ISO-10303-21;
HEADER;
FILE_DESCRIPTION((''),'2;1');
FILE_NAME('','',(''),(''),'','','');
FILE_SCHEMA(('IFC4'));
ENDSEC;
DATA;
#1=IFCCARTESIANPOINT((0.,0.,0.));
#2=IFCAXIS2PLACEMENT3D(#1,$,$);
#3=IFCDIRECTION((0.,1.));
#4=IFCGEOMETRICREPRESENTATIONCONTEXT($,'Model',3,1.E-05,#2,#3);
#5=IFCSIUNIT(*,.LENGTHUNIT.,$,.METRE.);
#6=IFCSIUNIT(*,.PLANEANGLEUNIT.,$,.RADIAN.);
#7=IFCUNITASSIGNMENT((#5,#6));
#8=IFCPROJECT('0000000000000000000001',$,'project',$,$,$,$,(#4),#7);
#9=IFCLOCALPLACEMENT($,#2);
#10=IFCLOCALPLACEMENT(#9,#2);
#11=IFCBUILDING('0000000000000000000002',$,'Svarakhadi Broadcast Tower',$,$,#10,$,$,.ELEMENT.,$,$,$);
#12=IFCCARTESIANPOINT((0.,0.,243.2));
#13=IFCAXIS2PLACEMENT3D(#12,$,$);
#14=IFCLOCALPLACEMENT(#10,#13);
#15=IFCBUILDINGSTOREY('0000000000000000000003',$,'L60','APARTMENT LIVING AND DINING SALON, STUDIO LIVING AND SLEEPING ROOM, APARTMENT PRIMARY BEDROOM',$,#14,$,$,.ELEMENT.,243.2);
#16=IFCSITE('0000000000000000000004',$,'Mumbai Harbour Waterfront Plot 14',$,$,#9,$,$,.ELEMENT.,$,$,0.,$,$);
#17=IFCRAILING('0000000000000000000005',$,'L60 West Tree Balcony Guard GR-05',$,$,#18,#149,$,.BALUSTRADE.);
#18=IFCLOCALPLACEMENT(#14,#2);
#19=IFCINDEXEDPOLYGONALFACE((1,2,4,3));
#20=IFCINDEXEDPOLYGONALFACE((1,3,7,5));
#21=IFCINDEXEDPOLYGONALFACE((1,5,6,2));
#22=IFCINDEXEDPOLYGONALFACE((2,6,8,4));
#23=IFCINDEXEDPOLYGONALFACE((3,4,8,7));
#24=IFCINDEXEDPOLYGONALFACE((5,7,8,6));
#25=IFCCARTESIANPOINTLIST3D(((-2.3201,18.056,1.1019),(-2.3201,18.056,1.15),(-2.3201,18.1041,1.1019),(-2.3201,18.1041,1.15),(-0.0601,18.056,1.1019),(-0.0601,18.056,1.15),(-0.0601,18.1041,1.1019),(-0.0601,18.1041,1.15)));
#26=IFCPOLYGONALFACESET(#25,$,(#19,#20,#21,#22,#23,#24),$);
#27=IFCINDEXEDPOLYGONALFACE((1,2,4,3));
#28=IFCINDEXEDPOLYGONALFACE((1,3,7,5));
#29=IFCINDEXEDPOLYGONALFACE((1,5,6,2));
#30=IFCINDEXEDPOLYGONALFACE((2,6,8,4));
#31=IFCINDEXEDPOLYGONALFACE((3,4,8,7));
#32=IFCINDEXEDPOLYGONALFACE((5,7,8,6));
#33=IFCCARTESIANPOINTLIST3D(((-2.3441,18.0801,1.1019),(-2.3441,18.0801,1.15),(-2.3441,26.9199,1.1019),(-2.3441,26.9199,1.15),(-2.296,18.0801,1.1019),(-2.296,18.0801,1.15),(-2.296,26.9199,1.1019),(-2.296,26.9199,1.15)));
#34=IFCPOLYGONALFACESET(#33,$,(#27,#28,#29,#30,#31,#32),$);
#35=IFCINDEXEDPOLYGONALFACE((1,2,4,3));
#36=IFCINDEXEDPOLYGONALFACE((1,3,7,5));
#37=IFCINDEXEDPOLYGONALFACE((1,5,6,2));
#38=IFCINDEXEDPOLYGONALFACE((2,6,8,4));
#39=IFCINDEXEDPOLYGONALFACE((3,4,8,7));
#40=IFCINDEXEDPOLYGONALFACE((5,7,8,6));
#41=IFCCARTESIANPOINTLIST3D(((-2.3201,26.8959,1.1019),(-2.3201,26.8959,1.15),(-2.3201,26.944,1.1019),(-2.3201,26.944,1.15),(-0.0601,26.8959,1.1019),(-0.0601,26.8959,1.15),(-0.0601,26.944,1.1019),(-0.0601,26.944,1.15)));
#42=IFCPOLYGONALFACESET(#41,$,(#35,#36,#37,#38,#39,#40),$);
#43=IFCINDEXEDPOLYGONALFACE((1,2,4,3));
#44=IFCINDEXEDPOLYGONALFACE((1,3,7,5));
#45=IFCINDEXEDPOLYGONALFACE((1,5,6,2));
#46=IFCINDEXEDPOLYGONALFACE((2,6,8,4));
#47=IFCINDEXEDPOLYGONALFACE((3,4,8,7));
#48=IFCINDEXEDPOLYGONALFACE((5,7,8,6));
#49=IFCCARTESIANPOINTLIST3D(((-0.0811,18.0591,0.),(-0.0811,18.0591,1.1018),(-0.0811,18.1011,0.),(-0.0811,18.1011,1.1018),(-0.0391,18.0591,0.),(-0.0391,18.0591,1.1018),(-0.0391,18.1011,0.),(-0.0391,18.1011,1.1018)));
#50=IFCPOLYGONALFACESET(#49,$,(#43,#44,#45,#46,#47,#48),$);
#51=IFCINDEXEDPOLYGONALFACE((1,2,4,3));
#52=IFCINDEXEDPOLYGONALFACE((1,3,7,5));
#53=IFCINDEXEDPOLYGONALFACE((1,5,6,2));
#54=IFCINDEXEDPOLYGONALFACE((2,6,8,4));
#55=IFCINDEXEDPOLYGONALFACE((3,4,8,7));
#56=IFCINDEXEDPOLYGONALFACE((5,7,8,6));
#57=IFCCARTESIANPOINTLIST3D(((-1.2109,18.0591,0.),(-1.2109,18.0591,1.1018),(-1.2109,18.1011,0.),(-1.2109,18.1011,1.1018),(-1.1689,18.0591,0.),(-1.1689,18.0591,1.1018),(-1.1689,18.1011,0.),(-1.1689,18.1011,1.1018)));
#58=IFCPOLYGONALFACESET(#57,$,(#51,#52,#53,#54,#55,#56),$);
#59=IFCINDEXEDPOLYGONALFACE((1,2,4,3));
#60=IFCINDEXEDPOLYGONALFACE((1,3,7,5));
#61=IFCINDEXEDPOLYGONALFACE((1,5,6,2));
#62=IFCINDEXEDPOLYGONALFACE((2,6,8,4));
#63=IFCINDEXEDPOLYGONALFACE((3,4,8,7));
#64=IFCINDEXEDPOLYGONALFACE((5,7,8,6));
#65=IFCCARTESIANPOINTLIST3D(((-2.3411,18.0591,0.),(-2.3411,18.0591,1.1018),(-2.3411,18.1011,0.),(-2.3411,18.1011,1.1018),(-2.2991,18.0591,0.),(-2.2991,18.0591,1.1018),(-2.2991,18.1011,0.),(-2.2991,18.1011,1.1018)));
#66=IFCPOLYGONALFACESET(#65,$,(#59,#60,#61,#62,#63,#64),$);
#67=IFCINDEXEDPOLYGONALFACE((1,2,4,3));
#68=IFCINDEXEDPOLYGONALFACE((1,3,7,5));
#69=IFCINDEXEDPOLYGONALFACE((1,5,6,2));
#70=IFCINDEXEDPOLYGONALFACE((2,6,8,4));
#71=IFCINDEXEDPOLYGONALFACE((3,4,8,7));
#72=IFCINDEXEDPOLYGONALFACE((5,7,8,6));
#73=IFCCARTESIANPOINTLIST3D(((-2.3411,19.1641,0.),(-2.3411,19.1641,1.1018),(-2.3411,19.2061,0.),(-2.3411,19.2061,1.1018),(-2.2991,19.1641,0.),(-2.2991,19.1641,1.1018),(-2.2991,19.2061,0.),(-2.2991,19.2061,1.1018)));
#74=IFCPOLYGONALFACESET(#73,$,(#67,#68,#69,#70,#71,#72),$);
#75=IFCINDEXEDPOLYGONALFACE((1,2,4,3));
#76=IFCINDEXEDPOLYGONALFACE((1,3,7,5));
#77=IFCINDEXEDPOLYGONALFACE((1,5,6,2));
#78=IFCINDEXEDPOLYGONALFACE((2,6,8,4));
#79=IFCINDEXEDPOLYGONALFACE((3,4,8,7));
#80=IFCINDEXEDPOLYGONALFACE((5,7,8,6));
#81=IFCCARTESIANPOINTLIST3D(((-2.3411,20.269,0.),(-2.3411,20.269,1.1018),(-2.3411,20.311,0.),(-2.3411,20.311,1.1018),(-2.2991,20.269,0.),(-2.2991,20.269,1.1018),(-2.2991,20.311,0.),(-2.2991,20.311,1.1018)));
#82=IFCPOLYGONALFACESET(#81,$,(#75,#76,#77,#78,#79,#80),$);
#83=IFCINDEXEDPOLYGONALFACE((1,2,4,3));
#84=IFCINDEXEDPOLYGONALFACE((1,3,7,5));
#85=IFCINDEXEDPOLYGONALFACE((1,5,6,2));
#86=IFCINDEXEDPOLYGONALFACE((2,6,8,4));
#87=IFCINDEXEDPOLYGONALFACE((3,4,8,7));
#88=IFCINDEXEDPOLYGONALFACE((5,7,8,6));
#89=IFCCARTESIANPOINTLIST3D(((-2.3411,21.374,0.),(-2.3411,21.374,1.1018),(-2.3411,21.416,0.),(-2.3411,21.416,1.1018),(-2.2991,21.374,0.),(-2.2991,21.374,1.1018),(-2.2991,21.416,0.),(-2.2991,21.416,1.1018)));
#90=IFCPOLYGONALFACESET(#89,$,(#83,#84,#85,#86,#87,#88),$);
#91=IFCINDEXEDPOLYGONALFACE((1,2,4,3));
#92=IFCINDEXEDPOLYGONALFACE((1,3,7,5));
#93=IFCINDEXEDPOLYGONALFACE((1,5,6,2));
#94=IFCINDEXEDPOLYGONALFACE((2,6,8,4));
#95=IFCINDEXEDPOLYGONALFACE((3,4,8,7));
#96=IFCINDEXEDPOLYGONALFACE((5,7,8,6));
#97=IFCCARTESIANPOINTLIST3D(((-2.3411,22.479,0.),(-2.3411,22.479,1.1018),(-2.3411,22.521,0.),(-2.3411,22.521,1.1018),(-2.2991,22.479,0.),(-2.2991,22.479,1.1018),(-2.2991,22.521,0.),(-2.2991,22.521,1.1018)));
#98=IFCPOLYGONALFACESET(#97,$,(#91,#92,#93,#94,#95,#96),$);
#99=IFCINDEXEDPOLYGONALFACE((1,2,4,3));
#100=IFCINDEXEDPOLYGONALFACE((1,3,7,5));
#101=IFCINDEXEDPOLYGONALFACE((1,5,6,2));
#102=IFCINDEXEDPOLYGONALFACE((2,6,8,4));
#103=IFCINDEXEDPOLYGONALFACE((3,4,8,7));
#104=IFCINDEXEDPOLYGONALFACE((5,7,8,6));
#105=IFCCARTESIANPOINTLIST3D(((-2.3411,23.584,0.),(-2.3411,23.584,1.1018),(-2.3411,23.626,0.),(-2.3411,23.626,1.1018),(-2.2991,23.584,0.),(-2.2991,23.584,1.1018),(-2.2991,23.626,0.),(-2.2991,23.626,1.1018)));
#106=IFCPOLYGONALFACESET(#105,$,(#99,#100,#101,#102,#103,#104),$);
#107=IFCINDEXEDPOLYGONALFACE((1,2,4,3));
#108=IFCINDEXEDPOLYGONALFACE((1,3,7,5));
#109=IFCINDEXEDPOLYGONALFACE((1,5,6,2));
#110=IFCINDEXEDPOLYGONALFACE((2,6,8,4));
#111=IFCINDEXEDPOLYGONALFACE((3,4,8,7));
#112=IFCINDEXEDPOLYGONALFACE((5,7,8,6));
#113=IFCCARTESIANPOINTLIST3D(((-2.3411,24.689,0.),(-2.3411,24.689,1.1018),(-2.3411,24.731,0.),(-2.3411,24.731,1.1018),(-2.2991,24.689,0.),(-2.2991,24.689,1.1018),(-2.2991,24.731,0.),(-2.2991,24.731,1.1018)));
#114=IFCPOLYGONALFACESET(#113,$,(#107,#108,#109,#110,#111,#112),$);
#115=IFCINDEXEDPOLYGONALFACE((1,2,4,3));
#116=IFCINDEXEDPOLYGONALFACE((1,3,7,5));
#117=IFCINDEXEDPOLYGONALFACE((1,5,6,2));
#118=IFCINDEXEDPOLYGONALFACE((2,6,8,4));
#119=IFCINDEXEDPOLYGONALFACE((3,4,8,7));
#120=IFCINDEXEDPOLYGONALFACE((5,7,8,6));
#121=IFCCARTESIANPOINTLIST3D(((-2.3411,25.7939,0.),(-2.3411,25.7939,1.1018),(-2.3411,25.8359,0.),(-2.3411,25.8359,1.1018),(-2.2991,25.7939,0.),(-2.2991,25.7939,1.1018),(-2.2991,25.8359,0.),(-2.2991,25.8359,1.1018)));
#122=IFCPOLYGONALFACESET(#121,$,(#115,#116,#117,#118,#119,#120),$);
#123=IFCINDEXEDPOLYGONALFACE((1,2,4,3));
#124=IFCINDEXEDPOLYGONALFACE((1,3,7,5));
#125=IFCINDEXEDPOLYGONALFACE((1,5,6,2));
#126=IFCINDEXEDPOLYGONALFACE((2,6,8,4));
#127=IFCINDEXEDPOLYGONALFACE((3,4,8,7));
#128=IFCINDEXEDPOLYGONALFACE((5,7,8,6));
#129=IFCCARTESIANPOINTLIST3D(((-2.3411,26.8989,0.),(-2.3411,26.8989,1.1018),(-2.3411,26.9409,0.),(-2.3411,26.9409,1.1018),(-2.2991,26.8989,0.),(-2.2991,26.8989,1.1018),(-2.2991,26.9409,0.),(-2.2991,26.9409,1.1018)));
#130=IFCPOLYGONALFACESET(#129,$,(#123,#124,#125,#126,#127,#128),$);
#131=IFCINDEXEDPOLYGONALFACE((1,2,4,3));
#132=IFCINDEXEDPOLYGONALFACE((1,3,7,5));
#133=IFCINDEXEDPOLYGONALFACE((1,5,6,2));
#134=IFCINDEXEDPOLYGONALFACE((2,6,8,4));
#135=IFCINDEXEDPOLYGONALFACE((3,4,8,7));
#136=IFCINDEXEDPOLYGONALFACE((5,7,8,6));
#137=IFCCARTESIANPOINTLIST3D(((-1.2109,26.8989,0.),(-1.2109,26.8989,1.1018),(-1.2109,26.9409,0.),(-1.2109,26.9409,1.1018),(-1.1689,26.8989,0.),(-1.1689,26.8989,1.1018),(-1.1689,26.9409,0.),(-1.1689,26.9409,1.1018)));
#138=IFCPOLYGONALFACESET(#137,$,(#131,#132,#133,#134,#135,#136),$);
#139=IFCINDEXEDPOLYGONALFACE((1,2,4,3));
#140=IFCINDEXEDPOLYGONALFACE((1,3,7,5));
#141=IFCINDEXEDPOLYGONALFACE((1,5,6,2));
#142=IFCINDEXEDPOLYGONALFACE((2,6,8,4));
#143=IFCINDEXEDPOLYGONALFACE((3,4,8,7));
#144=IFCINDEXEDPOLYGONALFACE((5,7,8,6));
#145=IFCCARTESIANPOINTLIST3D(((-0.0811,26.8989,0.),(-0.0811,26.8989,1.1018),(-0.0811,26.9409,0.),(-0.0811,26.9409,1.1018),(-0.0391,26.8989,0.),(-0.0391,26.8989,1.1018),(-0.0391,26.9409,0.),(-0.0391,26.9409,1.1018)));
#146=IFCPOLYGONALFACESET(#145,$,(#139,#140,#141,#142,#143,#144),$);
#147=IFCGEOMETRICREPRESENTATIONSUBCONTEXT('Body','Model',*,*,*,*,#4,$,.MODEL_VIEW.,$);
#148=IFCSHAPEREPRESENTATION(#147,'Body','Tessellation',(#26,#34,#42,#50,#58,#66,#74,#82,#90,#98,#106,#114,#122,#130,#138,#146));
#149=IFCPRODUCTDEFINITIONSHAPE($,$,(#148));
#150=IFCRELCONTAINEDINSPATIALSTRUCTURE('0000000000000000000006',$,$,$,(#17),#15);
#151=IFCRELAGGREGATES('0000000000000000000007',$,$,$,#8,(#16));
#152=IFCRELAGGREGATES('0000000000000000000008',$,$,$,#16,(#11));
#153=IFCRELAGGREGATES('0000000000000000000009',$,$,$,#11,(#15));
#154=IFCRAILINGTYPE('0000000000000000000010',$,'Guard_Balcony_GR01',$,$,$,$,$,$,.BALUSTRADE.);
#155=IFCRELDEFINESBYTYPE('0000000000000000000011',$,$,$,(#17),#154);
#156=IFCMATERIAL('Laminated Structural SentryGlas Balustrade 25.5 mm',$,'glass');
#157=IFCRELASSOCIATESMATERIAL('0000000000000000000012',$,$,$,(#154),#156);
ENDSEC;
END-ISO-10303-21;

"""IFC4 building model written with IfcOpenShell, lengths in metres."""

from ifc_helpers import new_model, si_unit, direction, frame, origin, origin_2d, place, context, subcontext, project, spatial, rectangle, extrude, material, type_object, element, save


model = new_model("IFC4")

# Units and contexts
model_context = context("Model", 3, precision=1e-05, world=origin(), true_north=direction((0.0, 1.0)))
body_context = subcontext(model_context, "Body", "Model", "MODEL_VIEW")
ifc_project = project(units=[si_unit("LENGTHUNIT", "METRE"), si_unit("PLANEANGLEUNIT", "RADIAN")], contexts=[model_context])

# Site, building, storey
site_placement = place(None, origin())
site = spatial("IfcSite", under=ifc_project, at=site_placement, Name="Mumbai Harbour Waterfront Plot 14", CompositionType="ELEMENT", RefElevation=0.0)
building_placement = place(site_placement, origin())
building = spatial("IfcBuilding", under=site, at=building_placement, Name="Svarakhadi Broadcast Tower", CompositionType="ELEMENT")
storey_placement = place(building_placement, frame((0.0, 0.0, 243.2)))
storey = spatial("IfcBuildingStorey", under=building, at=storey_placement, Name="L60", Description="APARTMENT LIVING AND DINING SALON, STUDIO LIVING AND SLEEPING ROOM, APARTMENT PRIMARY BEDROOM", CompositionType="ELEMENT", Elevation=243.2)

# Railing
ifc_material_1 = material(Name="Laminated Structural SentryGlas Balustrade 25.5 mm", Category="glass")
railing_type = type_object("IfcRailingType", Name="Guard_Balcony_GR01", PredefinedType="BALUSTRADE", material=ifc_material_1)
railing_placement = place(storey_placement, frame((-0.0601, 18.0801, 0.0)))
element("IfcRailing", 1, at=railing_placement, inside=storey, type_object=railing_type, Name="L60 West Tree Balcony Guard GR-05", PredefinedType="BALUSTRADE", context=body_context, shape_type="SweptSolid", body=[
    extrude(rectangle(XDim=0.0481, YDim=0.0481, at=origin_2d()), frame((0.0, 0.0, 1.126), z_axis=(-1.0, 0.0, 0.0), x_axis=(0.0, -1.0, 0.0)), (0.0, 0.0, 1.0), 2.26),
    extrude(rectangle(XDim=0.0481, YDim=0.0481, at=origin_2d()), frame((-2.26, 0.0, 1.126), z_axis=(0.0, 1.0, 0.0), x_axis=(-1.0, 0.0, 0.0)), (0.0, 0.0, 1.0), 8.8398),
    extrude(rectangle(XDim=0.0481, YDim=0.0481, at=origin_2d()), frame((-2.26, 8.8398, 1.126), z_axis=(1.0, 0.0, 0.0), x_axis=(0.0, 1.0, 0.0)), (0.0, 0.0, 1.0), 2.26),
    extrude(rectangle(XDim=0.042, YDim=0.042, at=origin_2d()), origin(), (0.0, 0.0, 1.0), 1.1018),
    extrude(rectangle(XDim=0.042, YDim=0.042, at=origin_2d()), frame((-1.1299, 0.0, 0.0)), (0.0, 0.0, 1.0), 1.1018),
    extrude(rectangle(XDim=0.042, YDim=0.042, at=origin_2d()), frame((-2.26, 0.0, 0.0)), (0.0, 0.0, 1.0), 1.1018),
    extrude(rectangle(XDim=0.042, YDim=0.042, at=origin_2d()), frame((-2.26, 1.105, 0.0)), (0.0, 0.0, 1.0), 1.1018),
    extrude(rectangle(XDim=0.042, YDim=0.042, at=origin_2d()), frame((-2.26, 2.21, 0.0)), (0.0, 0.0, 1.0), 1.1018),
    extrude(rectangle(XDim=0.042, YDim=0.042, at=origin_2d()), frame((-2.26, 3.3149, 0.0)), (0.0, 0.0, 1.0), 1.1018),
    extrude(rectangle(XDim=0.042, YDim=0.042, at=origin_2d()), frame((-2.26, 4.4199, 0.0)), (0.0, 0.0, 1.0), 1.1018),
    extrude(rectangle(XDim=0.042, YDim=0.042, at=origin_2d()), frame((-2.26, 5.5249, 0.0)), (0.0, 0.0, 1.0), 1.1018),
    extrude(rectangle(XDim=0.042, YDim=0.042, at=origin_2d()), frame((-2.26, 6.6299, 0.0)), (0.0, 0.0, 1.0), 1.1018),
    extrude(rectangle(XDim=0.042, YDim=0.042, at=origin_2d()), frame((-2.26, 7.7349, 0.0)), (0.0, 0.0, 1.0), 1.1018),
    extrude(rectangle(XDim=0.042, YDim=0.042, at=origin_2d()), frame((-2.26, 8.8398, 0.0)), (0.0, 0.0, 1.0), 1.1018),
    extrude(rectangle(XDim=0.042, YDim=0.042, at=origin_2d()), frame((-1.1299, 8.8398, 0.0)), (0.0, 0.0, 1.0), 1.1018),
    extrude(rectangle(XDim=0.042, YDim=0.042, at=origin_2d()), frame((0.0, 8.8398, 0.0)), (0.0, 0.0, 1.0), 1.1018),
])

save(model, "model.ifc")
